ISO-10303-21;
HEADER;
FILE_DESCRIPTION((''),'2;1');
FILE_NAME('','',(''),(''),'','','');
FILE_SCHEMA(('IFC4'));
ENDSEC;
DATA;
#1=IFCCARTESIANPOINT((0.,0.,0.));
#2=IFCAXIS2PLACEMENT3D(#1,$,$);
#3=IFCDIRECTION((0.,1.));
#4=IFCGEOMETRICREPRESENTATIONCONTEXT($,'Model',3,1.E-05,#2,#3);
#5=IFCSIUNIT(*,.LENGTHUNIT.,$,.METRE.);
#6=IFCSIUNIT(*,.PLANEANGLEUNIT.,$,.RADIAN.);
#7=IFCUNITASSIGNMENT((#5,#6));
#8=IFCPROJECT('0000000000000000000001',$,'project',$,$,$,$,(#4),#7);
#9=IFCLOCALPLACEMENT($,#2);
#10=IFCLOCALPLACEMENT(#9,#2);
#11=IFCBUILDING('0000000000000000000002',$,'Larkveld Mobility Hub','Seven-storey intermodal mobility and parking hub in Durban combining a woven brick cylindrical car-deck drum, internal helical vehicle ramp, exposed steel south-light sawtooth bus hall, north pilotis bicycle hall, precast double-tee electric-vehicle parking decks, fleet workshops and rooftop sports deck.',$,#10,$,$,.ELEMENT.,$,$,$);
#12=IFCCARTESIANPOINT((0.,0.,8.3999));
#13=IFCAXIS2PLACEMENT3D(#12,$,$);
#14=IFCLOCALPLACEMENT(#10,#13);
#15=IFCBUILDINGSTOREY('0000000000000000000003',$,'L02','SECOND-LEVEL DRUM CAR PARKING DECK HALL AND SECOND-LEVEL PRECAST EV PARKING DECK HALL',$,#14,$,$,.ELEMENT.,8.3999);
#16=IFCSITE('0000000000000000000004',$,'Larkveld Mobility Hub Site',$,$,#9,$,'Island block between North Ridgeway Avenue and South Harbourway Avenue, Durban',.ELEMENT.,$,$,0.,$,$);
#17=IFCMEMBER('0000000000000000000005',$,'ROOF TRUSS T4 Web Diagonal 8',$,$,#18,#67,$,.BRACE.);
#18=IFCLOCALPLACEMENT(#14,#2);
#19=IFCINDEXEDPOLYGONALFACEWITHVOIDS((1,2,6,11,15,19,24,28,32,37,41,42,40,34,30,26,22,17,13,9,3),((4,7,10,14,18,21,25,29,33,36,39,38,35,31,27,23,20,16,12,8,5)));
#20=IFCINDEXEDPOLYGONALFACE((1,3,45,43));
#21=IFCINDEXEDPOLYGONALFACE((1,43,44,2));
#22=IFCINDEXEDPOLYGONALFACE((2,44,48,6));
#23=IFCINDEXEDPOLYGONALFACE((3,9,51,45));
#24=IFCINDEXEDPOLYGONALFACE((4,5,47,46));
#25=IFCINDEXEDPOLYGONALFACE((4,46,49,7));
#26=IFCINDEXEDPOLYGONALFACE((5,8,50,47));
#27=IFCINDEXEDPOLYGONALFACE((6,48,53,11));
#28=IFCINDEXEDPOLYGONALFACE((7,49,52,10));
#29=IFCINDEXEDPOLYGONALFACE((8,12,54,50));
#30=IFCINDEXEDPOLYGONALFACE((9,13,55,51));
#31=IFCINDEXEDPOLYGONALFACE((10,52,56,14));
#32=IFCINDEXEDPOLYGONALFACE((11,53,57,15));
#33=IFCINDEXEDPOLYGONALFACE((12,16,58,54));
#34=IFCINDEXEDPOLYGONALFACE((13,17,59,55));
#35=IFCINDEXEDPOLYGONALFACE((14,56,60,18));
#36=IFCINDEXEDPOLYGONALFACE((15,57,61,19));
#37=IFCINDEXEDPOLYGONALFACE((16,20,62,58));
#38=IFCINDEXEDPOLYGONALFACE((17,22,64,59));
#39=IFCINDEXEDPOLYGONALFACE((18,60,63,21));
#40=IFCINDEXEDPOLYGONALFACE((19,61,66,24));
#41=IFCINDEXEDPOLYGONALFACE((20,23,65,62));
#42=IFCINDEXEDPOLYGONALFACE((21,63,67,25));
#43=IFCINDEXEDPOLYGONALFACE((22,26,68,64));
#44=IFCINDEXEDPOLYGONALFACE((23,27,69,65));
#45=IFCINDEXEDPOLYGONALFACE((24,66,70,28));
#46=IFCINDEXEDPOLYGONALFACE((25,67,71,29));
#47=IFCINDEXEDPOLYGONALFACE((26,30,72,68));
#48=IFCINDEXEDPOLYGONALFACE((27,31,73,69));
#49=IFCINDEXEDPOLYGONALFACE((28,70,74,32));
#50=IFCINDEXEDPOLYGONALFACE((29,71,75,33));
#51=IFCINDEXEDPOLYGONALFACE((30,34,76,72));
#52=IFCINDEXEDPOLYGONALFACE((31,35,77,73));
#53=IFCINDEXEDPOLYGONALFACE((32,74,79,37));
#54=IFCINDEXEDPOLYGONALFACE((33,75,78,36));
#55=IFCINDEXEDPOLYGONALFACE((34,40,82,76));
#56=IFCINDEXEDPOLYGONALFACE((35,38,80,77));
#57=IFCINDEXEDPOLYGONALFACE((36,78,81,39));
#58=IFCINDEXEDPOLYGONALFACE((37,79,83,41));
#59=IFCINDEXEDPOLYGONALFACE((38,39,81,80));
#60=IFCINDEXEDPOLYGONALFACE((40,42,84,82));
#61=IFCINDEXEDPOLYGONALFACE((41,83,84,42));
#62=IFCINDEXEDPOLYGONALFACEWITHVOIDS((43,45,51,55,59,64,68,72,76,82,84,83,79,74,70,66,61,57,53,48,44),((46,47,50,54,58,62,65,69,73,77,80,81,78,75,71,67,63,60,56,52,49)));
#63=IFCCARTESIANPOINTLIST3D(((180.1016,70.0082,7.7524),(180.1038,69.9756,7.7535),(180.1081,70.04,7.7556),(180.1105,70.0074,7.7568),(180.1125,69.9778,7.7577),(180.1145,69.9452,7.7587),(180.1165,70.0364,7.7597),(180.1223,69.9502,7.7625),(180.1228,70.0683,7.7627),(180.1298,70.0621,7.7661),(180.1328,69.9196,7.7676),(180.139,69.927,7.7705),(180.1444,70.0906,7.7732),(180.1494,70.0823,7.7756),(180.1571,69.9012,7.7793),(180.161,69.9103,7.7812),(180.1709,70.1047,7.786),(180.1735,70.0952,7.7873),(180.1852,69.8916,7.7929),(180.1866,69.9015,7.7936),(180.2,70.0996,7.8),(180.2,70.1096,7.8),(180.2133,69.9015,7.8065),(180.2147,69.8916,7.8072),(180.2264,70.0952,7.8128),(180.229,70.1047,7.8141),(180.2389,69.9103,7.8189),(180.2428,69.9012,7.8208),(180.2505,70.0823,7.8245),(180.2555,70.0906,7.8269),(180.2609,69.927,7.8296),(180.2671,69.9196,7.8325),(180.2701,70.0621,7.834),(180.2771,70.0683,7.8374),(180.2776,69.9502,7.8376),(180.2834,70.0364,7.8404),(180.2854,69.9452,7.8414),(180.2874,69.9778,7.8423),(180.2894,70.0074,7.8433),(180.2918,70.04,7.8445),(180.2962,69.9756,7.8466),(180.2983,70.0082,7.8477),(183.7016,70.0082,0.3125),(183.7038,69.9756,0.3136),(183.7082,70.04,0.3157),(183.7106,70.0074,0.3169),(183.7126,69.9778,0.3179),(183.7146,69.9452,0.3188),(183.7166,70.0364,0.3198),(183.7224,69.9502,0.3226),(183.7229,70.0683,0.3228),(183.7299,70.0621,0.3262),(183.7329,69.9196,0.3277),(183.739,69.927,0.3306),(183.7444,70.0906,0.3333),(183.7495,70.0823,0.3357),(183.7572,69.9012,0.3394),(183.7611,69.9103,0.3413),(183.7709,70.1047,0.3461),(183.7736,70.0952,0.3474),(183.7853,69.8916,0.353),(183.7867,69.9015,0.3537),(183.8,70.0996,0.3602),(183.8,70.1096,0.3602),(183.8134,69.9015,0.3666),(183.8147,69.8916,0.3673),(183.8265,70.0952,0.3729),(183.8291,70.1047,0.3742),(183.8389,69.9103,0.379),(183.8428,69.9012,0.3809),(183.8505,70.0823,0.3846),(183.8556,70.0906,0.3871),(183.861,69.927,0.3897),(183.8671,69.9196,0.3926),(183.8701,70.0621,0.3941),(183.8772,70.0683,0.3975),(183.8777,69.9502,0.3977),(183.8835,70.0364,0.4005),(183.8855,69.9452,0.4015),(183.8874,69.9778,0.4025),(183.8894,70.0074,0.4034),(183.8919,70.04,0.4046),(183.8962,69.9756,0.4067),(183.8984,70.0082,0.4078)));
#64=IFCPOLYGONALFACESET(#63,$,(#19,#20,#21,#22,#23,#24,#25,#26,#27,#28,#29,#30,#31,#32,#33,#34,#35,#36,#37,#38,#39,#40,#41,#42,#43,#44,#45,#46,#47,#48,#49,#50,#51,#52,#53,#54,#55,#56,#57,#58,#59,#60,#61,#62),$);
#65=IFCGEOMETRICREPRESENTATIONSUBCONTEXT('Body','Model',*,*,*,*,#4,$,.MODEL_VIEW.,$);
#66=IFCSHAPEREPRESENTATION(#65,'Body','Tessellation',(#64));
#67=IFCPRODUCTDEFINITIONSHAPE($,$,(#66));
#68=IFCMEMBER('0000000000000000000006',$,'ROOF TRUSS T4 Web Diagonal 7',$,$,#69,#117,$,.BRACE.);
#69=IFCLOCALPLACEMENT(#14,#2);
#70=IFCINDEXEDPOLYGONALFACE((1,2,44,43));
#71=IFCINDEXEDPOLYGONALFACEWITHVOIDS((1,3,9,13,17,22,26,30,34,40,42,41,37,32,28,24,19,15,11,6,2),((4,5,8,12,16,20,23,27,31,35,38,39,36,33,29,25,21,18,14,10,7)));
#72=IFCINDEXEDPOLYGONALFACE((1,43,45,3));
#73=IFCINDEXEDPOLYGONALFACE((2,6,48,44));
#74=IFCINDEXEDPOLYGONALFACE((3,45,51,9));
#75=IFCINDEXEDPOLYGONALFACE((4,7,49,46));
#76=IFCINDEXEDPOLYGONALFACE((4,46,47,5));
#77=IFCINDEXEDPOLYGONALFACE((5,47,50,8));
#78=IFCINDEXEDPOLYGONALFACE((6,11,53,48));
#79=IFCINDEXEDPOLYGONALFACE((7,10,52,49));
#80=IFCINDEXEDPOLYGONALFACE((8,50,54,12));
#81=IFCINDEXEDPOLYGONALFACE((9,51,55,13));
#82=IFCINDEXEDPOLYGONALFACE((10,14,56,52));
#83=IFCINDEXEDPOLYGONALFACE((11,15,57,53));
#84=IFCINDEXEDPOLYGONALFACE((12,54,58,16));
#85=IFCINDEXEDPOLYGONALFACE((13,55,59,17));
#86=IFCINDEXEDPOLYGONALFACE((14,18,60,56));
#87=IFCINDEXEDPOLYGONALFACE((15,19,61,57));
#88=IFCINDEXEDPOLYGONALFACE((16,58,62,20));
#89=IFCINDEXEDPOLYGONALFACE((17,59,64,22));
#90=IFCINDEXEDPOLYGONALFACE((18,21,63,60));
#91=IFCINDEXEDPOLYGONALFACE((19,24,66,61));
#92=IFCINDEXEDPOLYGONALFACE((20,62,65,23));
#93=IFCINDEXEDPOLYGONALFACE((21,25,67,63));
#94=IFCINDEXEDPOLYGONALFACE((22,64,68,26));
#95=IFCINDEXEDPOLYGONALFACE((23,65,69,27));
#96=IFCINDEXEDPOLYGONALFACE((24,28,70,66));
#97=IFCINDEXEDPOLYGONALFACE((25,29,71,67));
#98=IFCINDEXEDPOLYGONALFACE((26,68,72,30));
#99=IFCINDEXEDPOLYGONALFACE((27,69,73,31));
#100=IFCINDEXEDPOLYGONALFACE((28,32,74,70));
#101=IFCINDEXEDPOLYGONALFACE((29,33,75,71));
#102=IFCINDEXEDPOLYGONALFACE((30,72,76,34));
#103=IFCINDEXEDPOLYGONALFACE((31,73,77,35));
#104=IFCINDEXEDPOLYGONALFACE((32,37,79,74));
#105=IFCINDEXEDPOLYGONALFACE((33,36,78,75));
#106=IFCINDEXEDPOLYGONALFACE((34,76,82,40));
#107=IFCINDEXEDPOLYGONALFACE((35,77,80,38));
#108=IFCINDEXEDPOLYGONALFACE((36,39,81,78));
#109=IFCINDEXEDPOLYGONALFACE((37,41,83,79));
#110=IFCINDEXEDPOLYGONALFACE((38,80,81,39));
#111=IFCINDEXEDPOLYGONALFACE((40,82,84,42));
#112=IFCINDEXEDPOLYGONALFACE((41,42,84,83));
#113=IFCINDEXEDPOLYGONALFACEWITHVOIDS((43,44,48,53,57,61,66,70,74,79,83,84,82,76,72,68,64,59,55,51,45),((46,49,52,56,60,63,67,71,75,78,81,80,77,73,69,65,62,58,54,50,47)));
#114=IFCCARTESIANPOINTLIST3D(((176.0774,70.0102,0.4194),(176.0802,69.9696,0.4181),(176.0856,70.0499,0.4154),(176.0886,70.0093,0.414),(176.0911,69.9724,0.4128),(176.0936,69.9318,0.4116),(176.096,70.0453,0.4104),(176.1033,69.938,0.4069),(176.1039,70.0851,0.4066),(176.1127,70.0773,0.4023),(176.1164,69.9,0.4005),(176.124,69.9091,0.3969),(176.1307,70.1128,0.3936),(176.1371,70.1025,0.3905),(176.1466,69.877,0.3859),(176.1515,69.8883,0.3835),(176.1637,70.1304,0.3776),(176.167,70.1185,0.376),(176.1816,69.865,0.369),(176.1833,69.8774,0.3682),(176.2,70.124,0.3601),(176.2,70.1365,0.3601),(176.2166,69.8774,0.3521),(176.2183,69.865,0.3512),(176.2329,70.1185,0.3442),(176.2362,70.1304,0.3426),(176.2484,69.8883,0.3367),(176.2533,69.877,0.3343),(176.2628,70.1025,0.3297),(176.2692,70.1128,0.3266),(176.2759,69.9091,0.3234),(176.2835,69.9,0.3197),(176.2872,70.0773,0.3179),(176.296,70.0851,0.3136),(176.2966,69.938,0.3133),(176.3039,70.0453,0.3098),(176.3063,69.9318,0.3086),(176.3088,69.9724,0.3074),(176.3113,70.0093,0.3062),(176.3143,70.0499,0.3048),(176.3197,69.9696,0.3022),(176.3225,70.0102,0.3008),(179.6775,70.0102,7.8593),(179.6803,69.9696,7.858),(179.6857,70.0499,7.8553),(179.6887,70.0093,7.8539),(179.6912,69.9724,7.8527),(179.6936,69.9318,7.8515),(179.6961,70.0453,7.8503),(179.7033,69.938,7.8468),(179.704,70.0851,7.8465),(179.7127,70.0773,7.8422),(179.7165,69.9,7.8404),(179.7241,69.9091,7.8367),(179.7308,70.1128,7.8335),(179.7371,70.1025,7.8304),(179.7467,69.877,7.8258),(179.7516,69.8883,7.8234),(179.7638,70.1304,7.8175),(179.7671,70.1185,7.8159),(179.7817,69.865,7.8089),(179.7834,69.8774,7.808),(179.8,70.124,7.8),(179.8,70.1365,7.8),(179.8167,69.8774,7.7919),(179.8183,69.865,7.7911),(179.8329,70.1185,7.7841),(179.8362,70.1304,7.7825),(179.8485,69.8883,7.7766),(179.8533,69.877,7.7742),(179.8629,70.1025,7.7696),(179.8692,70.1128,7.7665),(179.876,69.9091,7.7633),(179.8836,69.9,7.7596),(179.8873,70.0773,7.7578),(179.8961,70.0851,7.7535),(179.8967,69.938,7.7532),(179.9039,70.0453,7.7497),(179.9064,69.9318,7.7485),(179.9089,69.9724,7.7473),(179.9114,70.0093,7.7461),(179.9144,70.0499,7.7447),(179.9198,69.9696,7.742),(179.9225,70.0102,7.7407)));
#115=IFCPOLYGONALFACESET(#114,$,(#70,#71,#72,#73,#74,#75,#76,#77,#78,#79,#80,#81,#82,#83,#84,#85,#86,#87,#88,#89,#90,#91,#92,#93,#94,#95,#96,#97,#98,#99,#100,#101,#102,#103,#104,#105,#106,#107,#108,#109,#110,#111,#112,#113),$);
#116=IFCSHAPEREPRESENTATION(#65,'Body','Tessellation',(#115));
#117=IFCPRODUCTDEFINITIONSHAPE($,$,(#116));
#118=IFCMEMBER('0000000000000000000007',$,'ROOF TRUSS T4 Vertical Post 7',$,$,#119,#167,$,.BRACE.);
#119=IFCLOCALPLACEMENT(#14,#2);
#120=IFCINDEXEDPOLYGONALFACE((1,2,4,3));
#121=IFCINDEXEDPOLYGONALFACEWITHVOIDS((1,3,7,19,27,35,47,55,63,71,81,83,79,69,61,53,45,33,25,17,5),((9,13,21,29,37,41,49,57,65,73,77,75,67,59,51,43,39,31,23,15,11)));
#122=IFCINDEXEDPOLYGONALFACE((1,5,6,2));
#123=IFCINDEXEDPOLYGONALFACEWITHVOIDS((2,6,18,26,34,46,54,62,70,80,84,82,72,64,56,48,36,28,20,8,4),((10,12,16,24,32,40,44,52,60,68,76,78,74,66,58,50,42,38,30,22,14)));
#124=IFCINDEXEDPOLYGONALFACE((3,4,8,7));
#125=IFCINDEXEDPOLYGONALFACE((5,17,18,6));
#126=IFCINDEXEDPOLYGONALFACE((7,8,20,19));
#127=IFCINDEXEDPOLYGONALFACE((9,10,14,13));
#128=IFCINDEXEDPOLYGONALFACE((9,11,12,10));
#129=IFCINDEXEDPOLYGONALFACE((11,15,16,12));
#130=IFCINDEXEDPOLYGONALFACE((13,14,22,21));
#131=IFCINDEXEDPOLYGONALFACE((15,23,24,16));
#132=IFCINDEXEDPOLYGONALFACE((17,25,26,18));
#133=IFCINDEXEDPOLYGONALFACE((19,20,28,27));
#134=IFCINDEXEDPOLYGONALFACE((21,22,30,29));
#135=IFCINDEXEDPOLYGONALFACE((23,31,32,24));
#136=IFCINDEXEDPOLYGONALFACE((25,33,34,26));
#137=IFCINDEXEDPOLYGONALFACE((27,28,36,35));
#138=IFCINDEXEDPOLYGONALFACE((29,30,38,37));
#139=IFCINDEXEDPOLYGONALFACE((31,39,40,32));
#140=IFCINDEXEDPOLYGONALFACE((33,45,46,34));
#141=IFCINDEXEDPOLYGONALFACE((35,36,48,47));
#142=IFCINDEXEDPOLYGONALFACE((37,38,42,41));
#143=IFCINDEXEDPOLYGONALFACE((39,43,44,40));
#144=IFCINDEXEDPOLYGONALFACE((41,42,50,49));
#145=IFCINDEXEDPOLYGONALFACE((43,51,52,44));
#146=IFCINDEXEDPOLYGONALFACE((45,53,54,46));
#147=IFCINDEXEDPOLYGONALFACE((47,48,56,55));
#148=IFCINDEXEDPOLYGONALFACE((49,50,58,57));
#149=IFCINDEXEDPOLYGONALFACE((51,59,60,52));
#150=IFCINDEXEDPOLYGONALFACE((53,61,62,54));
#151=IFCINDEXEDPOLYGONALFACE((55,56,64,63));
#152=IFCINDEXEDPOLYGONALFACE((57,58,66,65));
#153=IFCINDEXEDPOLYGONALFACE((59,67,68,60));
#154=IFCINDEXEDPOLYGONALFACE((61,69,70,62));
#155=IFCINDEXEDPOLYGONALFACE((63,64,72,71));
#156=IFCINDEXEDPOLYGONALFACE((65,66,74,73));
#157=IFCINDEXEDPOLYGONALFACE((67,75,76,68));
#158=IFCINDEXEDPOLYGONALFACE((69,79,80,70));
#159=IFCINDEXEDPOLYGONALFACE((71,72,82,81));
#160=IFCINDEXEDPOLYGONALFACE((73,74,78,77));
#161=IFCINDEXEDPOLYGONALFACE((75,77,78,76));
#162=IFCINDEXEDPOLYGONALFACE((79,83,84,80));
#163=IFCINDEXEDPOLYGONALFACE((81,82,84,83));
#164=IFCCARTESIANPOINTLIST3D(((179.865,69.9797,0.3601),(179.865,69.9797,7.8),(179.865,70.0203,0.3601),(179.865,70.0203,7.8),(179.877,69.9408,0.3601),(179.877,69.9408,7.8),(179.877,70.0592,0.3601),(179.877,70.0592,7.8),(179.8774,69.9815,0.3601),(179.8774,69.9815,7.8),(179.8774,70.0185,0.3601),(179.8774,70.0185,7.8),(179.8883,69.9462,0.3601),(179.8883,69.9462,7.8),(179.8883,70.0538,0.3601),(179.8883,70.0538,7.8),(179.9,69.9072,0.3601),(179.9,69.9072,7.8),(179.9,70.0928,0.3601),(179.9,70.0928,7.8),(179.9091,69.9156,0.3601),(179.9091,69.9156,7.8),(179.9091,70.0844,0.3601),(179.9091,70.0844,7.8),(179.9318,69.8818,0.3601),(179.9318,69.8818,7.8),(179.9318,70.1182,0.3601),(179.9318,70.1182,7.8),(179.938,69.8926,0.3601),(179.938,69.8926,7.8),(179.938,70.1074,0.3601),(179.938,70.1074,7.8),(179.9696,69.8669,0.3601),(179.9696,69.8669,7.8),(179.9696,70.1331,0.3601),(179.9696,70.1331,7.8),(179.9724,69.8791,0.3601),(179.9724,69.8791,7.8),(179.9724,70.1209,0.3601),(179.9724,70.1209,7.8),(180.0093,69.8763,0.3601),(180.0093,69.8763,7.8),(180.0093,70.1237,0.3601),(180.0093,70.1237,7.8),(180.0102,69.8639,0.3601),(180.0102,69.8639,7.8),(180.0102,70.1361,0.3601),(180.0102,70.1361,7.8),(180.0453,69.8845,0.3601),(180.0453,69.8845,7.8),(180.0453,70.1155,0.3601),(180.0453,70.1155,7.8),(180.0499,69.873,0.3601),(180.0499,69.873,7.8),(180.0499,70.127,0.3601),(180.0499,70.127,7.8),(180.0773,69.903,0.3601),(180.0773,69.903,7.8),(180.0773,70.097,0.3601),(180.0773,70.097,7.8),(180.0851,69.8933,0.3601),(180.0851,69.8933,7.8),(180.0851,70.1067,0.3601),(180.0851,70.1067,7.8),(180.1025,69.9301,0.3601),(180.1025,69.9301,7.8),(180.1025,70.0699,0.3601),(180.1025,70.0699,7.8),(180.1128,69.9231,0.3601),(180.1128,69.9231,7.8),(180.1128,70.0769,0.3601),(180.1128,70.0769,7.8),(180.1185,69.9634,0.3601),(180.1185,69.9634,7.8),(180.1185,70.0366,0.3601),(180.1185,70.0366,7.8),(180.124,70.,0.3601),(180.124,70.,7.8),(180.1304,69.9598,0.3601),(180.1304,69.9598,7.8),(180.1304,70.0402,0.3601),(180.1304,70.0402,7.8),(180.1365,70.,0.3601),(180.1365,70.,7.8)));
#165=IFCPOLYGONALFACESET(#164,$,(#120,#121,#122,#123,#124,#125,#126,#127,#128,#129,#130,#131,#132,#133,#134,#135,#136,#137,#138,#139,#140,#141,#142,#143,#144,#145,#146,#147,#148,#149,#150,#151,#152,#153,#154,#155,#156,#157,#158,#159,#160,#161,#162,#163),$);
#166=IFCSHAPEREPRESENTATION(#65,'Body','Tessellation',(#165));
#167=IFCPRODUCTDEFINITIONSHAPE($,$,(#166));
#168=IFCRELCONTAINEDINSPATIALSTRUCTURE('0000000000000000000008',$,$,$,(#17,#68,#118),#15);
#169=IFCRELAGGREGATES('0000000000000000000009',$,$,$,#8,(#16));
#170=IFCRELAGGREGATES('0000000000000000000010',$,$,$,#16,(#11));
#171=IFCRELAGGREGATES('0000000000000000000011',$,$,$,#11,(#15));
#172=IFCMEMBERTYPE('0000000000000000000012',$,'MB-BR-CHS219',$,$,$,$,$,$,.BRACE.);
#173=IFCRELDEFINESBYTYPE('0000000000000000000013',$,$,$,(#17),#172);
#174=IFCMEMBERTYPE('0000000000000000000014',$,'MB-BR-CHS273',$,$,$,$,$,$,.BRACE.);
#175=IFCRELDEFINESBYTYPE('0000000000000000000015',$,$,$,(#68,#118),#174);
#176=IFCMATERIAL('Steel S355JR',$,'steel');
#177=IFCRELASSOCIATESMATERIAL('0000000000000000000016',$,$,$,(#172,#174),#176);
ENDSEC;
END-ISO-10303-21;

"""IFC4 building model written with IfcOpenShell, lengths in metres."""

from ifc_helpers import new_model, si_unit, direction, frame, origin, origin_2d, place, context, subcontext, project, spatial, hollow_circle, extrude, material, material_profile, profile_set, type_object, element, save


model = new_model("IFC4")

# Units and contexts
model_context = context("Model", 3, precision=1e-05, world=origin(), true_north=direction((0.0, 1.0)))
body_context = subcontext(model_context, "Body", "Model", "MODEL_VIEW")
ifc_project = project(units=[si_unit("LENGTHUNIT", "METRE"), si_unit("PLANEANGLEUNIT", "RADIAN")], contexts=[model_context])

# Site, building, storey
site_placement = place(None, origin())
site = spatial("IfcSite", under=ifc_project, at=site_placement, Name="Larkveld Mobility Hub Site", LongName="Island block between North Ridgeway Avenue and South Harbourway Avenue, Durban", CompositionType="ELEMENT", RefElevation=0.0)
building_placement = place(site_placement, origin())
building = spatial("IfcBuilding", under=site, at=building_placement, Name="Larkveld Mobility Hub", Description="Seven-storey intermodal mobility and parking hub in Durban combining a woven brick cylindrical car-deck drum, internal helical vehicle ramp, exposed steel south-light sawtooth bus hall, north pilotis bicycle hall, precast double-tee electric-vehicle parking decks, fleet workshops and rooftop sports deck.", CompositionType="ELEMENT")
storey_placement = place(building_placement, frame((0.0, 0.0, 8.3999)))
storey = spatial("IfcBuildingStorey", under=building, at=storey_placement, Name="L02", Description="SECOND-LEVEL DRUM CAR PARKING DECK HALL AND SECOND-LEVEL PRECAST EV PARKING DECK HALL", CompositionType="ELEMENT", Elevation=8.3999)

# Shared definitions
ifc_material_1 = material(Name="Steel S355JR", Category="steel")

# Members
ifc_material_profile_1 = material_profile(ifc_material_1, hollow_circle(Radius=0.1096, WallThickness=0.01, at=origin_2d()), Name="CHS 219.1x10")
ifc_profile_set_1 = profile_set([ifc_material_profile_1], Name="Steel S355JR")
member_type_1 = type_object("IfcMemberType", Name="MB-BR-CHS219", PredefinedType="BRACE", material=ifc_profile_set_1)
member_1_placement = place(storey_placement, frame((180.2, 70.0, 7.8), z_axis=(0.435573, 0.0, -0.900153), x_axis=(0.0, 1.0, 0.0)))
element("IfcMember", 1, at=member_1_placement, inside=storey, type_object=member_type_1, Name="ROOF TRUSS T4 Web Diagonal 8", PredefinedType="BRACE", context=body_context, shape_type="SweptSolid", body=[
    extrude(hollow_circle(Radius=0.1096, WallThickness=0.01, at=origin_2d()), origin(), (0.0, 0.0, 1.0), 8.2651),
])
ifc_material_profile_2 = material_profile(ifc_material_1, hollow_circle(Radius=0.1365, WallThickness=0.0125, at=origin_2d()), Name="CHS 273x12.5")
ifc_profile_set_2 = profile_set([ifc_material_profile_2], Name="Steel S355JR")
member_type_2 = type_object("IfcMemberType", Name="MB-BR-CHS273", PredefinedType="BRACE", material=ifc_profile_set_2)
member_2_placement = place(storey_placement, frame((176.2, 70.0, 0.3601), z_axis=(0.435573, 0.0, 0.900153), x_axis=(0.0, 1.0, 0.0)))
element("IfcMember", 2, at=member_2_placement, inside=storey, type_object=member_type_2, Name="ROOF TRUSS T4 Web Diagonal 7", PredefinedType="BRACE", context=body_context, shape_type="SweptSolid", body=[
    extrude(hollow_circle(Radius=0.1365, WallThickness=0.0125, at=origin_2d()), origin(), (0.0, 0.0, 1.0), 8.2651),
])
member_3_placement = place(storey_placement, frame((180.0, 70.0, 0.3601), z_axis=(0.0, 0.0, 1.0), x_axis=(1.0, 0.0, 0.0)))
element("IfcMember", 3, at=member_3_placement, inside=storey, type_object=member_type_2, Name="ROOF TRUSS T4 Vertical Post 7", PredefinedType="BRACE", context=body_context, shape_type="SweptSolid", body=[
    extrude(hollow_circle(Radius=0.1365, WallThickness=0.0125, at=origin_2d()), origin(), (0.0, 0.0, 1.0), 7.4399),
])

save(model, "model.ifc")
